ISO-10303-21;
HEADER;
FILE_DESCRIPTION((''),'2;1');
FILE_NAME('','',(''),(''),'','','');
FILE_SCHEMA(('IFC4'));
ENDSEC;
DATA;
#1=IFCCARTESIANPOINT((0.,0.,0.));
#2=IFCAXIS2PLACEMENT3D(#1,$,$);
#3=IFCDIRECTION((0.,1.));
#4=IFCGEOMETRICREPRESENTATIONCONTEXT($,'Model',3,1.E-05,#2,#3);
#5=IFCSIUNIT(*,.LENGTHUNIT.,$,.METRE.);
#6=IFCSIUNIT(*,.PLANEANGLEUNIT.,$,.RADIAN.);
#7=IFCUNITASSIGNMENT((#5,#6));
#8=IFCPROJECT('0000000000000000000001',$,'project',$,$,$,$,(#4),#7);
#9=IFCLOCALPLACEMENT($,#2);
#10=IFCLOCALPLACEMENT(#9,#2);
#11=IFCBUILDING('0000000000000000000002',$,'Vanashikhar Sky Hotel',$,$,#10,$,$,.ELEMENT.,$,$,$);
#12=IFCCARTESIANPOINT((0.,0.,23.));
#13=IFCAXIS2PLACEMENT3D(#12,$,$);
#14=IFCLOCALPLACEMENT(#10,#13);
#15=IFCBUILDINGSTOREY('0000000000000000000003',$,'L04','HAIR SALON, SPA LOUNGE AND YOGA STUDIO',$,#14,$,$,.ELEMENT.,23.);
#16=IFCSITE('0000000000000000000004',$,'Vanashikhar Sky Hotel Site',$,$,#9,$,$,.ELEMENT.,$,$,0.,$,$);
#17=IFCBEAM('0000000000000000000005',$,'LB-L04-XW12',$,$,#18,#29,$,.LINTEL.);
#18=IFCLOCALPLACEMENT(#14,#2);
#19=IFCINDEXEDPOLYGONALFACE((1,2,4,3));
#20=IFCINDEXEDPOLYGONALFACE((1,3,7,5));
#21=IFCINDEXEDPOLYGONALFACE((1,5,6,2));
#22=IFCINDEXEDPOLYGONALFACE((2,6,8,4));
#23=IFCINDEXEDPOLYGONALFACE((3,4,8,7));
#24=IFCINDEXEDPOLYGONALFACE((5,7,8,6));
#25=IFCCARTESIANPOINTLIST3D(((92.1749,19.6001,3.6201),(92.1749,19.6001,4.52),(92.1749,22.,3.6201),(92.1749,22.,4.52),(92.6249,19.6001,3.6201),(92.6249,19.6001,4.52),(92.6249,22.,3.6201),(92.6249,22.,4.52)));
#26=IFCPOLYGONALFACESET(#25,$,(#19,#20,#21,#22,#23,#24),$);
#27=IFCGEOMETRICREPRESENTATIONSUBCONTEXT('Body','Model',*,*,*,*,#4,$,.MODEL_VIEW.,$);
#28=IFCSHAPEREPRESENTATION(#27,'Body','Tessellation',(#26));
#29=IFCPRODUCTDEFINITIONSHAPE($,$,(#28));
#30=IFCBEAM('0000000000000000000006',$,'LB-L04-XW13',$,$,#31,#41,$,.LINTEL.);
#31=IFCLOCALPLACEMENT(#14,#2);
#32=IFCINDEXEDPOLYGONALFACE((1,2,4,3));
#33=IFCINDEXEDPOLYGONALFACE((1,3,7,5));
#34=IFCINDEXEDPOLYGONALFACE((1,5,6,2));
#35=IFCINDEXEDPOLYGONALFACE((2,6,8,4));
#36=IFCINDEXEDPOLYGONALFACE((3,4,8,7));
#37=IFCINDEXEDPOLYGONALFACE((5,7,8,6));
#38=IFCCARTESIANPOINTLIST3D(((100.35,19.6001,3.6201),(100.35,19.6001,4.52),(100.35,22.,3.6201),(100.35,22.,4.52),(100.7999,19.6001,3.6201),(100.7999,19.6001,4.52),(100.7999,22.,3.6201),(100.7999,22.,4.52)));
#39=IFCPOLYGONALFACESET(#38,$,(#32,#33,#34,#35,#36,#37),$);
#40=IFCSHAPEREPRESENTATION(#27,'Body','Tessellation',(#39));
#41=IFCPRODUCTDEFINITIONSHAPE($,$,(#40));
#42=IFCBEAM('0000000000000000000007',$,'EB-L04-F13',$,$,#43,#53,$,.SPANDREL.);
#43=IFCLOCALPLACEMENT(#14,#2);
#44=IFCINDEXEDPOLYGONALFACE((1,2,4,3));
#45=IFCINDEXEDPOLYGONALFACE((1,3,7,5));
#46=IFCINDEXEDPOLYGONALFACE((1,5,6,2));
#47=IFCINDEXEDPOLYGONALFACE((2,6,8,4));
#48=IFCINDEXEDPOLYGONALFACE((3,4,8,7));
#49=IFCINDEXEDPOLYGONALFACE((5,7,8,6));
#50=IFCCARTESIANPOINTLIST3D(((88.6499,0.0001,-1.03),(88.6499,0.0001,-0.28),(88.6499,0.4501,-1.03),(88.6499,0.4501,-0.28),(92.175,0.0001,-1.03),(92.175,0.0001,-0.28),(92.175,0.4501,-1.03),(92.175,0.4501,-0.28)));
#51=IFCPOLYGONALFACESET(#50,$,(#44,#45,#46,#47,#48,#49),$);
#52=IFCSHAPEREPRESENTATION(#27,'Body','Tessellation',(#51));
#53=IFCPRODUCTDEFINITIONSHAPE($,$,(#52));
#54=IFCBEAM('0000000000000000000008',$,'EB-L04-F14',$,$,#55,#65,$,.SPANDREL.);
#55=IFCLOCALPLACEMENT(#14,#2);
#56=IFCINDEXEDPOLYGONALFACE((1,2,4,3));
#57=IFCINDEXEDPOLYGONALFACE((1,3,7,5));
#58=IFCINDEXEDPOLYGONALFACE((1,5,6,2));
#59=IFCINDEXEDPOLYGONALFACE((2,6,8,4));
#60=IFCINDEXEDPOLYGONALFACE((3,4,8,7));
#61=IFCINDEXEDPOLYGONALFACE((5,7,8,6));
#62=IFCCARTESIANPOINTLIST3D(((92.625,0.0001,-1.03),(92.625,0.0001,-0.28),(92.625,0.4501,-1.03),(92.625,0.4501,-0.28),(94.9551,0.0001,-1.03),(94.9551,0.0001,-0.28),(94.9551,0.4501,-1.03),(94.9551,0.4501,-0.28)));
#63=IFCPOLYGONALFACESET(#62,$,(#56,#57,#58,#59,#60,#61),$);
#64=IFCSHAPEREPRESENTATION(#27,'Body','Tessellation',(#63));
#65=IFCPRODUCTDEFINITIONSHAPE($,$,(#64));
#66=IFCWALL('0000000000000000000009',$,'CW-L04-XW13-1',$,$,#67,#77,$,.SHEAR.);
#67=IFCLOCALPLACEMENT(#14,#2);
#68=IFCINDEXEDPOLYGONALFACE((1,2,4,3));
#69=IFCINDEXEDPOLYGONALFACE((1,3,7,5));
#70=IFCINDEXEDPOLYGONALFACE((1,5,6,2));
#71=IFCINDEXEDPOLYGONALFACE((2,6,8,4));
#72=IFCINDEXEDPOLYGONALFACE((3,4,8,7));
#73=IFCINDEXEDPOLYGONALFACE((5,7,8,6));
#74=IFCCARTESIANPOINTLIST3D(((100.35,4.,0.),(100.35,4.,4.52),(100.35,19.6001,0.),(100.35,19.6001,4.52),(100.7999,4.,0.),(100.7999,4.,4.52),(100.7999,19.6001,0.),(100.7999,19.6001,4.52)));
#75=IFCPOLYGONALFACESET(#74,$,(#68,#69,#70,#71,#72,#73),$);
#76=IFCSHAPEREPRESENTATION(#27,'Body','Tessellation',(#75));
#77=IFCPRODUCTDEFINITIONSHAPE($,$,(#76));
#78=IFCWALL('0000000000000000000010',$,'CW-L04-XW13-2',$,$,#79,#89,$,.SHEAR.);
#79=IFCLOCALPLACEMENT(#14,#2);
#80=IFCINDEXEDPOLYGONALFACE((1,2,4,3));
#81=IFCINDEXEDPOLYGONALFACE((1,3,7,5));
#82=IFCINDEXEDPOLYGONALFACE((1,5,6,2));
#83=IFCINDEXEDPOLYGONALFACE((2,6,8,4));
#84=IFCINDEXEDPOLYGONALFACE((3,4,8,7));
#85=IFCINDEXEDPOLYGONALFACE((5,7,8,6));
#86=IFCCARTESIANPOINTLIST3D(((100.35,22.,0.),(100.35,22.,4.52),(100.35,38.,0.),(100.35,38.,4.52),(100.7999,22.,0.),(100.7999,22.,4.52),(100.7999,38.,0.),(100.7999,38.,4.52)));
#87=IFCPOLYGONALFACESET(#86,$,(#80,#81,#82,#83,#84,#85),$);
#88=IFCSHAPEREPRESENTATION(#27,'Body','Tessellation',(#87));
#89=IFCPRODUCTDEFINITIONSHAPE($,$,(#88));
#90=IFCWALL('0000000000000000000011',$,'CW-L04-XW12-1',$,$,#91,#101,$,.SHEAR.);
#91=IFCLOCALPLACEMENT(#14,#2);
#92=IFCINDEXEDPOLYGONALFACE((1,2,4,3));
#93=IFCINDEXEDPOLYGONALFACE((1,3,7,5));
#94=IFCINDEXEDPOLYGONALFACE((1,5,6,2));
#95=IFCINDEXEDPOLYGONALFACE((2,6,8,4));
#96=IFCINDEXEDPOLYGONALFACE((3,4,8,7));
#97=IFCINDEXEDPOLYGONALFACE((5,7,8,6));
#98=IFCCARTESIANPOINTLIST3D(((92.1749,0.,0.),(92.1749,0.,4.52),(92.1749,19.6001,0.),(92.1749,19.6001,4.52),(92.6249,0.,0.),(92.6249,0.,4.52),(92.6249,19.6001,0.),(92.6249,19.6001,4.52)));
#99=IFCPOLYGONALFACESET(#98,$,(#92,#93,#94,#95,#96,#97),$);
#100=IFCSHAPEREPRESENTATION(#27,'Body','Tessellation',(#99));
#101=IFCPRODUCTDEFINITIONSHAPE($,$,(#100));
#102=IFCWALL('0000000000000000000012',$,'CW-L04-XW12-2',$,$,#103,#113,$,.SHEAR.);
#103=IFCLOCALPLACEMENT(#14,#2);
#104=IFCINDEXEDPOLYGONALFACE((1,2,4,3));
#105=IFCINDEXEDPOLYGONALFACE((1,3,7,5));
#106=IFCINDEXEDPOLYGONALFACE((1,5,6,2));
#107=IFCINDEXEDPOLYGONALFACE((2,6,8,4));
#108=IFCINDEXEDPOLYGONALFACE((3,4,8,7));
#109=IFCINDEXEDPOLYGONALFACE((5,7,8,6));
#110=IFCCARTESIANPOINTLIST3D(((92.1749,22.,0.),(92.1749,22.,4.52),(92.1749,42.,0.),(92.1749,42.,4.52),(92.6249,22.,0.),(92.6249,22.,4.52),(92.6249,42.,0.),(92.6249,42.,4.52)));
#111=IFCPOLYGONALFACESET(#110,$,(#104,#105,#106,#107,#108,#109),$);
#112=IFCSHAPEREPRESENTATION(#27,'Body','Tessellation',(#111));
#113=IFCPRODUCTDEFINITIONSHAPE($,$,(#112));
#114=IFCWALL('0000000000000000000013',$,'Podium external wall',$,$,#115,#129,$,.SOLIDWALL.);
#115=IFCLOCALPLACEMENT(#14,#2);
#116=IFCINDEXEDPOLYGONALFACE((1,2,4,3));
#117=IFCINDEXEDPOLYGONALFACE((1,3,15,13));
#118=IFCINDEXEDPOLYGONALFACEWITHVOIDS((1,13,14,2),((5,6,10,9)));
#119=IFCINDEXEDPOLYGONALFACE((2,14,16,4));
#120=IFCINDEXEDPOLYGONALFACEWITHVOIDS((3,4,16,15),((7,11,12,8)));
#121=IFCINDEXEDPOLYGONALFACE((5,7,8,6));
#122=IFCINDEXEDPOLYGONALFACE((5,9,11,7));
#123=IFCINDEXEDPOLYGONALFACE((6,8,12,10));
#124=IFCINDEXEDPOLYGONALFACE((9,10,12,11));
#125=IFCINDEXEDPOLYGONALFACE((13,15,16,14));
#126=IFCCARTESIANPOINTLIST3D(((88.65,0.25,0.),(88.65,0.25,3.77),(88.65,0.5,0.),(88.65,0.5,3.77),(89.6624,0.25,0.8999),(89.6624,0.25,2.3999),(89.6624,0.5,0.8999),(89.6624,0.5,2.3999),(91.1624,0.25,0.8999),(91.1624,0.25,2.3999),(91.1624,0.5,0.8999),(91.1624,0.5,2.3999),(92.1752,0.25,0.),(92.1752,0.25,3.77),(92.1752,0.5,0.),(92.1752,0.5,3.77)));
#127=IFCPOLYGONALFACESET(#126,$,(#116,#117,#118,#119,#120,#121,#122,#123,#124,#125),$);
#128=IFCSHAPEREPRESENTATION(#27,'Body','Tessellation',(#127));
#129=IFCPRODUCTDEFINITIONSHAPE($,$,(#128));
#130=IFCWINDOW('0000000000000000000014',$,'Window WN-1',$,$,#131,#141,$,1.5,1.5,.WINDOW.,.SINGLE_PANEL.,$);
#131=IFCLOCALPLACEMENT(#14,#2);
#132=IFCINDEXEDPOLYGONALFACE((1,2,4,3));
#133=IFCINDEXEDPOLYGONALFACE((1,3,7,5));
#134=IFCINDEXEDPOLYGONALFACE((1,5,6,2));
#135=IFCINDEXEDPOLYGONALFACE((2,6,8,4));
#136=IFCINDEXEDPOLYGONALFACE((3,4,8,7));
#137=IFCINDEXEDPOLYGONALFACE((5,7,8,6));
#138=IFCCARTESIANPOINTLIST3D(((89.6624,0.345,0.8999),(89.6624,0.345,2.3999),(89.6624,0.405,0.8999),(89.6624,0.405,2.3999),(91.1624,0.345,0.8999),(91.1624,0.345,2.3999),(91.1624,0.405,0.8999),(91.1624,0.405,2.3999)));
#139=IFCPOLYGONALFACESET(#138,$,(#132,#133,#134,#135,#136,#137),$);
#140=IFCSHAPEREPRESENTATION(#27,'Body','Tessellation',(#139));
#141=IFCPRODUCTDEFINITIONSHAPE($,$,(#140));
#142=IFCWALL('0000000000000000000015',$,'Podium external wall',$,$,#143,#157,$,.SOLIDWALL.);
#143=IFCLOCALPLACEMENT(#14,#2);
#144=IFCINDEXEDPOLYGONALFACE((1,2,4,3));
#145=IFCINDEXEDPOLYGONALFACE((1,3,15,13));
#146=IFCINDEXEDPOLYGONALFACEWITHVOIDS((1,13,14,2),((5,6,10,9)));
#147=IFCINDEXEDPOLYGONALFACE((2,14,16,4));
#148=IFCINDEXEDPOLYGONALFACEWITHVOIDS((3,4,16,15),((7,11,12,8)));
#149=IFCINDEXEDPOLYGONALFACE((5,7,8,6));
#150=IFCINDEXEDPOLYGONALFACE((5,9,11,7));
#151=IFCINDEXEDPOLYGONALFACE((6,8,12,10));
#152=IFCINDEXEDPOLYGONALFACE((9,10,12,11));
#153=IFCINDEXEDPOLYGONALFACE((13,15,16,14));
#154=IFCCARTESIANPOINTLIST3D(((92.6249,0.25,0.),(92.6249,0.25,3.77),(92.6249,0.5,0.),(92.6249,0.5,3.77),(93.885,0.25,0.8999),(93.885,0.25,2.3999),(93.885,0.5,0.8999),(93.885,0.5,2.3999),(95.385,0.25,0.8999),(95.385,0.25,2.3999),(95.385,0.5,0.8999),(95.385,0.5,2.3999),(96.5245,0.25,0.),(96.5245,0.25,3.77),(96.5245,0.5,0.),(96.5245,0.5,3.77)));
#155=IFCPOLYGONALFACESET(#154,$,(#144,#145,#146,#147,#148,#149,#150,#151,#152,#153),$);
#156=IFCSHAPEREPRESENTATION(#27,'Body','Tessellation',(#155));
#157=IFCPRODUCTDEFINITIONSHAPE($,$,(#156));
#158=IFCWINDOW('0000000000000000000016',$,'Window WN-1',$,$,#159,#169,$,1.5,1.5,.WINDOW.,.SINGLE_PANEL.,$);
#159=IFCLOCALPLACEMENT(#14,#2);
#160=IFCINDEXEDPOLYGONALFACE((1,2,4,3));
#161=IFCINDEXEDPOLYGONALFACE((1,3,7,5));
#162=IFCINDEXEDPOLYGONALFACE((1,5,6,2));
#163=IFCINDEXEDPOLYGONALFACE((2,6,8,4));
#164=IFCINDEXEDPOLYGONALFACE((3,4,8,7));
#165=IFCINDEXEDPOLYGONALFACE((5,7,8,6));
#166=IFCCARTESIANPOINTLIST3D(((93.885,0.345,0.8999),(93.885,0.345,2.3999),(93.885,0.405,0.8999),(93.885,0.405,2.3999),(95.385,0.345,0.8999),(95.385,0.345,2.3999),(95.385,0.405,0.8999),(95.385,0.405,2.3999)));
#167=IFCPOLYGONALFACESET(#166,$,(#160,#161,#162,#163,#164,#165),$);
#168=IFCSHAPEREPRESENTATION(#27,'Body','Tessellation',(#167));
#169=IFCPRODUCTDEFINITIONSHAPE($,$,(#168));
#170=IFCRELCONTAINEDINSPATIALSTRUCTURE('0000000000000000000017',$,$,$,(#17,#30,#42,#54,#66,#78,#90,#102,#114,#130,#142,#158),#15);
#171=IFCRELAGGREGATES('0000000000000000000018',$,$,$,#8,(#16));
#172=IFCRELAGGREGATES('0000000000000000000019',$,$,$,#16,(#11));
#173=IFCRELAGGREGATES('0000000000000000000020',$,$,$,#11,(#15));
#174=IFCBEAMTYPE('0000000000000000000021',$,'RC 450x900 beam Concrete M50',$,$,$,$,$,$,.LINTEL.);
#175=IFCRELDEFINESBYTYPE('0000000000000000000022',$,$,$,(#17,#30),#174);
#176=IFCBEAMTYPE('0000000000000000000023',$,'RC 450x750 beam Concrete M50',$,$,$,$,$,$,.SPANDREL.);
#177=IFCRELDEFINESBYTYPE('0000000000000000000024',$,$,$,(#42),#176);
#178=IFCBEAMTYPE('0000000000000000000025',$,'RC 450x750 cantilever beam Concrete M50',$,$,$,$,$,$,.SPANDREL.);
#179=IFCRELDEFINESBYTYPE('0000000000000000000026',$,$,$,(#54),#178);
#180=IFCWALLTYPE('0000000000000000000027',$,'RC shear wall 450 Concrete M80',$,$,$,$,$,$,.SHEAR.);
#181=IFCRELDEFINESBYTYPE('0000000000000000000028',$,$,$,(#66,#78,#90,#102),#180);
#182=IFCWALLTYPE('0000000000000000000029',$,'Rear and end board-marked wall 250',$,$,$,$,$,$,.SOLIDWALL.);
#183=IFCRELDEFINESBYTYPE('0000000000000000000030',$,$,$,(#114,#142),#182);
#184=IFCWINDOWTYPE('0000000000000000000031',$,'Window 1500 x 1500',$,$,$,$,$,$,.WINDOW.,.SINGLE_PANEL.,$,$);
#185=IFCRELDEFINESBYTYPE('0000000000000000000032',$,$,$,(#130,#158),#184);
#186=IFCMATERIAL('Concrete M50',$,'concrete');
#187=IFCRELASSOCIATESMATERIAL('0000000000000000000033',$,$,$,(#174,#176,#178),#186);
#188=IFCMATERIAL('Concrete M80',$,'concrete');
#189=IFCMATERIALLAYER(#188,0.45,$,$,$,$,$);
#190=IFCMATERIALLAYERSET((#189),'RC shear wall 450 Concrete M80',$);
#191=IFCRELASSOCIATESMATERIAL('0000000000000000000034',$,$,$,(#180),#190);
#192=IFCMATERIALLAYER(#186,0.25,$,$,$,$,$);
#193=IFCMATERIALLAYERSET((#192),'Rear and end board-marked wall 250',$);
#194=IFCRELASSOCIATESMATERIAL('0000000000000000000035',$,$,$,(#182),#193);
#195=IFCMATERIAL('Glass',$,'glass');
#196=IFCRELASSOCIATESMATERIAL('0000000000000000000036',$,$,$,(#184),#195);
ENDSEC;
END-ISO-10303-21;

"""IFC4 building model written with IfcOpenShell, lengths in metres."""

from ifc_helpers import new_model, si_unit, direction, frame, frame_2d, origin, origin_2d, place, context, subcontext, project, spatial, rectangle, extrude, source, transform, mapped, material, layer, layer_set, material_profile, profile_set, type_object, element, fill, save


model = new_model("IFC4")

# Units and contexts
model_context = context("Model", 3, precision=1e-05, world=origin(), true_north=direction((0.0, 1.0)))
body_context = subcontext(model_context, "Body", "Model", "MODEL_VIEW")
ifc_project = project(units=[si_unit("LENGTHUNIT", "METRE"), si_unit("PLANEANGLEUNIT", "RADIAN")], contexts=[model_context])

# Site, building, storey
site_placement = place(None, origin())
site = spatial("IfcSite", under=ifc_project, at=site_placement, Name="Vanashikhar Sky Hotel Site", CompositionType="ELEMENT", RefElevation=0.0)
building_placement = place(site_placement, origin())
building = spatial("IfcBuilding", under=site, at=building_placement, Name="Vanashikhar Sky Hotel", CompositionType="ELEMENT")
storey_placement = place(building_placement, frame((0.0, 0.0, 23.0)))
storey = spatial("IfcBuildingStorey", under=building, at=storey_placement, Name="L04", Description="HAIR SALON, SPA LOUNGE AND YOGA STUDIO", CompositionType="ELEMENT", Elevation=23.0)

# Beams
ifc_material_1 = material(Name="Concrete M50", Category="concrete")
ifc_material_profile_1 = material_profile(ifc_material_1, rectangle(XDim=0.45, YDim=0.8999, at=origin_2d()))
ifc_profile_set_1 = profile_set([ifc_material_profile_1], Name="RC 450x900 beam Concrete M50")
beam_type_1 = type_object("IfcBeamType", Name="RC 450x900 beam Concrete M50", PredefinedType="LINTEL", material=ifc_profile_set_1)
shared_shape_1 = source(origin(), body_context, "Body", "SweptSolid", [
    extrude(rectangle(XDim=0.45, YDim=0.8999, at=origin_2d()), origin(), (0.0, 0.0, 1.0), 2.3999),
])
for number, where, z_axis, x_axis, name in (
    (1, (92.3999, 19.6001, 4.0701), (0.0, 1.0, 0.0), (-1.0, 0.0, 0.0), "LB-L04-XW12"),
    (2, (100.575, 19.6001, 4.0701), (0.0, 1.0, 0.0), (-1.0, 0.0, 0.0), "LB-L04-XW13"),
):
    element("IfcBeam", number, at=place(storey_placement, frame(where, z_axis=z_axis, x_axis=x_axis)), inside=storey, type_object=beam_type_1, Name=name, PredefinedType="LINTEL", context=body_context, shape_type="MappedRepresentation", body=[
        mapped(shared_shape_1, transform((0.0, 0.0, 0.0), scale=1.0)),
    ])
ifc_material_profile_2 = material_profile(ifc_material_1, rectangle(XDim=0.45, YDim=0.75, at=origin_2d()))
ifc_profile_set_2 = profile_set([ifc_material_profile_2], Name="RC 450x750 beam Concrete M50")
beam_type_2 = type_object("IfcBeamType", Name="RC 450x750 beam Concrete M50", PredefinedType="SPANDREL", material=ifc_profile_set_2)
shared_shape_2 = source(origin(), body_context, "Body", "SweptSolid", [
    extrude(rectangle(XDim=0.45, YDim=0.75, at=origin_2d()), origin(), (0.0, 0.0, 1.0), 3.5251),
])
beam_1_placement = place(storey_placement, frame((88.6499, 0.2251, -0.655), z_axis=(1.0, 0.0, 0.0), x_axis=(0.0, 1.0, 0.0)))
element("IfcBeam", 3, at=beam_1_placement, inside=storey, type_object=beam_type_2, Name="EB-L04-F13", PredefinedType="SPANDREL", context=body_context, shape_type="MappedRepresentation", body=[
    mapped(shared_shape_2, transform((0.0, 0.0, 0.0), scale=1.0)),
])
ifc_material_profile_3 = material_profile(ifc_material_1, rectangle(XDim=0.45, YDim=0.75, at=origin_2d()))
ifc_profile_set_3 = profile_set([ifc_material_profile_3], Name="RC 450x750 cantilever beam Concrete M50")
beam_type_3 = type_object("IfcBeamType", Name="RC 450x750 cantilever beam Concrete M50", PredefinedType="SPANDREL", material=ifc_profile_set_3)
shared_shape_3 = source(origin(), body_context, "Body", "SweptSolid", [
    extrude(rectangle(XDim=0.45, YDim=0.75, at=origin_2d()), origin(), (0.0, 0.0, 1.0), 2.3301),
])
beam_2_placement = place(storey_placement, frame((92.625, 0.2251, -0.655), z_axis=(1.0, 0.0, 0.0), x_axis=(0.0, 1.0, 0.0)))
element("IfcBeam", 4, at=beam_2_placement, inside=storey, type_object=beam_type_3, Name="EB-L04-F14", PredefinedType="SPANDREL", context=body_context, shape_type="MappedRepresentation", body=[
    mapped(shared_shape_3, transform((0.0, 0.0, 0.0), scale=1.0)),
])

# Walls
ifc_material_2 = material(Name="Concrete M80", Category="concrete")
ifc_layer_1 = layer(ifc_material_2, 0.45)
ifc_layer_set_1 = layer_set([ifc_layer_1], Name="RC shear wall 450 Concrete M80")
wall_type_1 = type_object("IfcWallType", Name="RC shear wall 450 Concrete M80", PredefinedType="SHEAR", material=ifc_layer_set_1)
shared_shape_4 = source(origin(), body_context, "Body", "SweptSolid", [
    extrude(rectangle(XDim=15.6001, YDim=0.45, at=frame_2d((7.8, 0.0))), origin(), (0.0, 0.0, 1.0), 4.52),
])
wall_1_placement = place(storey_placement, frame((100.575, 4.0, 0.0), z_axis=(0.0, 0.0, 1.0), x_axis=(0.0, 1.0, 0.0)))
element("IfcWall", 5, at=wall_1_placement, inside=storey, type_object=wall_type_1, Name="CW-L04-XW13-1", PredefinedType="SHEAR", context=body_context, shape_type="MappedRepresentation", body=[
    mapped(shared_shape_4, transform((0.0, 0.0, 0.0), scale=1.0)),
])
shared_shape_5 = source(origin(), body_context, "Body", "SweptSolid", [
    extrude(rectangle(XDim=16.0, YDim=0.45, at=frame_2d((8.0, 0.0))), origin(), (0.0, 0.0, 1.0), 4.52),
])
wall_2_placement = place(storey_placement, frame((100.575, 22.0, 0.0), z_axis=(0.0, 0.0, 1.0), x_axis=(0.0, 1.0, 0.0)))
element("IfcWall", 6, at=wall_2_placement, inside=storey, type_object=wall_type_1, Name="CW-L04-XW13-2", PredefinedType="SHEAR", context=body_context, shape_type="MappedRepresentation", body=[
    mapped(shared_shape_5, transform((0.0, 0.0, 0.0), scale=1.0)),
])
shared_shape_6 = source(origin(), body_context, "Body", "SweptSolid", [
    extrude(rectangle(XDim=19.6001, YDim=0.45, at=frame_2d((9.8, 0.0))), origin(), (0.0, 0.0, 1.0), 4.52),
])
wall_3_placement = place(storey_placement, frame((92.3999, 0.0, 0.0), z_axis=(0.0, 0.0, 1.0), x_axis=(0.0, 1.0, 0.0)))
element("IfcWall", 7, at=wall_3_placement, inside=storey, type_object=wall_type_1, Name="CW-L04-XW12-1", PredefinedType="SHEAR", context=body_context, shape_type="MappedRepresentation", body=[
    mapped(shared_shape_6, transform((0.0, 0.0, 0.0), scale=1.0)),
])
shared_shape_7 = source(origin(), body_context, "Body", "SweptSolid", [
    extrude(rectangle(XDim=20.0, YDim=0.45, at=frame_2d((10.0, 0.0))), origin(), (0.0, 0.0, 1.0), 4.52),
])
wall_4_placement = place(storey_placement, frame((92.3999, 22.0, 0.0), z_axis=(0.0, 0.0, 1.0), x_axis=(0.0, 1.0, 0.0)))
element("IfcWall", 8, at=wall_4_placement, inside=storey, type_object=wall_type_1, Name="CW-L04-XW12-2", PredefinedType="SHEAR", context=body_context, shape_type="MappedRepresentation", body=[
    mapped(shared_shape_7, transform((0.0, 0.0, 0.0), scale=1.0)),
])

# Walls, openings, windows
ifc_layer_2 = layer(ifc_material_1, 0.25)
ifc_layer_set_2 = layer_set([ifc_layer_2], Name="Rear and end board-marked wall 250")
wall_type_2 = type_object("IfcWallType", Name="Rear and end board-marked wall 250", PredefinedType="SOLIDWALL", material=ifc_layer_set_2)
shared_shape_8 = source(origin(), body_context, "Body", "SweptSolid", [
    extrude(rectangle(XDim=3.5251, YDim=0.25, at=frame_2d((1.7627, 0.0))), origin(), (0.0, 0.0, 1.0), 3.77),
])
wall_5_placement = place(storey_placement, frame((88.6499, 0.375, 0.0), z_axis=(0.0, 0.0, 1.0), x_axis=(1.0, 0.0, 0.0)))
wall_5 = element("IfcWall", 9, at=wall_5_placement, inside=storey, type_object=wall_type_2, Name="Podium external wall", PredefinedType="SOLIDWALL", context=body_context, shape_type="MappedRepresentation", body=[
    mapped(shared_shape_8, transform((0.0, 0.0, 0.0), scale=1.0)),
])
shared_shape_9 = source(origin(), body_context, "Body", "SweptSolid", [
    extrude(rectangle(XDim=1.5, YDim=1.5, at=frame_2d((0.75, 0.75))), frame((0.0, 0.135, 0.0), z_axis=(0.0, -1.0, 0.0), x_axis=(1.0, 0.0, 0.0)), (0.0, 0.0, 1.0), 0.27),
])
opening_1_placement = place(wall_5_placement, frame((1.0125, 0.0, 0.8999)))
opening_1 = element("IfcOpeningElement", 10, at=opening_1_placement, cuts=wall_5, PredefinedType="OPENING", context=body_context, shape_type="MappedRepresentation", body=[
    mapped(shared_shape_9, transform((0.0, 0.0, 0.0), scale=1.0)),
])
ifc_material_3 = material(Name="Glass", Category="glass")
window_type = type_object("IfcWindowType", Name="Window 1500 x 1500", PartitioningType="SINGLE_PANEL", PredefinedType="WINDOW", material=ifc_material_3)
shared_shape_10 = source(origin(), body_context, "Body", "SweptSolid", [
    extrude(rectangle(XDim=1.5, YDim=1.5, at=frame_2d((0.75, 0.75))), frame((0.0, 0.03, 0.0), z_axis=(0.0, -1.0, 0.0), x_axis=(1.0, 0.0, 0.0)), (0.0, 0.0, 1.0), 0.0601),
])
window_1_placement = place(opening_1_placement, origin())
window_1 = element("IfcWindow", 11, at=window_1_placement, inside=storey, type_object=window_type, Name="Window WN-1", OverallHeight=1.5, OverallWidth=1.5, PartitioningType="SINGLE_PANEL", PredefinedType="WINDOW", context=body_context, shape_type="MappedRepresentation", body=[
    mapped(shared_shape_10, transform((0.0, 0.0, 0.0), scale=1.0)),
])
fill(opening_1, window_1)
shared_shape_11 = source(origin(), body_context, "Body", "SweptSolid", [
    extrude(rectangle(XDim=3.8997, YDim=0.25, at=frame_2d((1.9497, 0.0))), origin(), (0.0, 0.0, 1.0), 3.77),
])
wall_6_placement = place(storey_placement, frame((92.625, 0.375, 0.0), z_axis=(0.0, 0.0, 1.0), x_axis=(1.0, 0.0, 0.0)))
wall_6 = element("IfcWall", 12, at=wall_6_placement, inside=storey, type_object=wall_type_2, Name="Podium external wall", PredefinedType="SOLIDWALL", context=body_context, shape_type="MappedRepresentation", body=[
    mapped(shared_shape_11, transform((0.0, 0.0, 0.0), scale=1.0)),
])
opening_2_placement = place(wall_6_placement, frame((1.26, 0.0, 0.8999)))
opening_2 = element("IfcOpeningElement", 13, at=opening_2_placement, cuts=wall_6, PredefinedType="OPENING", context=body_context, shape_type="MappedRepresentation", body=[
    mapped(shared_shape_9, transform((0.0, 0.0, 0.0), scale=1.0)),
])
window_2_placement = place(opening_2_placement, origin())
window_2 = element("IfcWindow", 14, at=window_2_placement, inside=storey, type_object=window_type, Name="Window WN-1", OverallHeight=1.5, OverallWidth=1.5, PartitioningType="SINGLE_PANEL", PredefinedType="WINDOW", context=body_context, shape_type="MappedRepresentation", body=[
    mapped(shared_shape_10, transform((0.0, 0.0, 0.0), scale=1.0)),
])
fill(opening_2, window_2)

save(model, "model.ifc")
